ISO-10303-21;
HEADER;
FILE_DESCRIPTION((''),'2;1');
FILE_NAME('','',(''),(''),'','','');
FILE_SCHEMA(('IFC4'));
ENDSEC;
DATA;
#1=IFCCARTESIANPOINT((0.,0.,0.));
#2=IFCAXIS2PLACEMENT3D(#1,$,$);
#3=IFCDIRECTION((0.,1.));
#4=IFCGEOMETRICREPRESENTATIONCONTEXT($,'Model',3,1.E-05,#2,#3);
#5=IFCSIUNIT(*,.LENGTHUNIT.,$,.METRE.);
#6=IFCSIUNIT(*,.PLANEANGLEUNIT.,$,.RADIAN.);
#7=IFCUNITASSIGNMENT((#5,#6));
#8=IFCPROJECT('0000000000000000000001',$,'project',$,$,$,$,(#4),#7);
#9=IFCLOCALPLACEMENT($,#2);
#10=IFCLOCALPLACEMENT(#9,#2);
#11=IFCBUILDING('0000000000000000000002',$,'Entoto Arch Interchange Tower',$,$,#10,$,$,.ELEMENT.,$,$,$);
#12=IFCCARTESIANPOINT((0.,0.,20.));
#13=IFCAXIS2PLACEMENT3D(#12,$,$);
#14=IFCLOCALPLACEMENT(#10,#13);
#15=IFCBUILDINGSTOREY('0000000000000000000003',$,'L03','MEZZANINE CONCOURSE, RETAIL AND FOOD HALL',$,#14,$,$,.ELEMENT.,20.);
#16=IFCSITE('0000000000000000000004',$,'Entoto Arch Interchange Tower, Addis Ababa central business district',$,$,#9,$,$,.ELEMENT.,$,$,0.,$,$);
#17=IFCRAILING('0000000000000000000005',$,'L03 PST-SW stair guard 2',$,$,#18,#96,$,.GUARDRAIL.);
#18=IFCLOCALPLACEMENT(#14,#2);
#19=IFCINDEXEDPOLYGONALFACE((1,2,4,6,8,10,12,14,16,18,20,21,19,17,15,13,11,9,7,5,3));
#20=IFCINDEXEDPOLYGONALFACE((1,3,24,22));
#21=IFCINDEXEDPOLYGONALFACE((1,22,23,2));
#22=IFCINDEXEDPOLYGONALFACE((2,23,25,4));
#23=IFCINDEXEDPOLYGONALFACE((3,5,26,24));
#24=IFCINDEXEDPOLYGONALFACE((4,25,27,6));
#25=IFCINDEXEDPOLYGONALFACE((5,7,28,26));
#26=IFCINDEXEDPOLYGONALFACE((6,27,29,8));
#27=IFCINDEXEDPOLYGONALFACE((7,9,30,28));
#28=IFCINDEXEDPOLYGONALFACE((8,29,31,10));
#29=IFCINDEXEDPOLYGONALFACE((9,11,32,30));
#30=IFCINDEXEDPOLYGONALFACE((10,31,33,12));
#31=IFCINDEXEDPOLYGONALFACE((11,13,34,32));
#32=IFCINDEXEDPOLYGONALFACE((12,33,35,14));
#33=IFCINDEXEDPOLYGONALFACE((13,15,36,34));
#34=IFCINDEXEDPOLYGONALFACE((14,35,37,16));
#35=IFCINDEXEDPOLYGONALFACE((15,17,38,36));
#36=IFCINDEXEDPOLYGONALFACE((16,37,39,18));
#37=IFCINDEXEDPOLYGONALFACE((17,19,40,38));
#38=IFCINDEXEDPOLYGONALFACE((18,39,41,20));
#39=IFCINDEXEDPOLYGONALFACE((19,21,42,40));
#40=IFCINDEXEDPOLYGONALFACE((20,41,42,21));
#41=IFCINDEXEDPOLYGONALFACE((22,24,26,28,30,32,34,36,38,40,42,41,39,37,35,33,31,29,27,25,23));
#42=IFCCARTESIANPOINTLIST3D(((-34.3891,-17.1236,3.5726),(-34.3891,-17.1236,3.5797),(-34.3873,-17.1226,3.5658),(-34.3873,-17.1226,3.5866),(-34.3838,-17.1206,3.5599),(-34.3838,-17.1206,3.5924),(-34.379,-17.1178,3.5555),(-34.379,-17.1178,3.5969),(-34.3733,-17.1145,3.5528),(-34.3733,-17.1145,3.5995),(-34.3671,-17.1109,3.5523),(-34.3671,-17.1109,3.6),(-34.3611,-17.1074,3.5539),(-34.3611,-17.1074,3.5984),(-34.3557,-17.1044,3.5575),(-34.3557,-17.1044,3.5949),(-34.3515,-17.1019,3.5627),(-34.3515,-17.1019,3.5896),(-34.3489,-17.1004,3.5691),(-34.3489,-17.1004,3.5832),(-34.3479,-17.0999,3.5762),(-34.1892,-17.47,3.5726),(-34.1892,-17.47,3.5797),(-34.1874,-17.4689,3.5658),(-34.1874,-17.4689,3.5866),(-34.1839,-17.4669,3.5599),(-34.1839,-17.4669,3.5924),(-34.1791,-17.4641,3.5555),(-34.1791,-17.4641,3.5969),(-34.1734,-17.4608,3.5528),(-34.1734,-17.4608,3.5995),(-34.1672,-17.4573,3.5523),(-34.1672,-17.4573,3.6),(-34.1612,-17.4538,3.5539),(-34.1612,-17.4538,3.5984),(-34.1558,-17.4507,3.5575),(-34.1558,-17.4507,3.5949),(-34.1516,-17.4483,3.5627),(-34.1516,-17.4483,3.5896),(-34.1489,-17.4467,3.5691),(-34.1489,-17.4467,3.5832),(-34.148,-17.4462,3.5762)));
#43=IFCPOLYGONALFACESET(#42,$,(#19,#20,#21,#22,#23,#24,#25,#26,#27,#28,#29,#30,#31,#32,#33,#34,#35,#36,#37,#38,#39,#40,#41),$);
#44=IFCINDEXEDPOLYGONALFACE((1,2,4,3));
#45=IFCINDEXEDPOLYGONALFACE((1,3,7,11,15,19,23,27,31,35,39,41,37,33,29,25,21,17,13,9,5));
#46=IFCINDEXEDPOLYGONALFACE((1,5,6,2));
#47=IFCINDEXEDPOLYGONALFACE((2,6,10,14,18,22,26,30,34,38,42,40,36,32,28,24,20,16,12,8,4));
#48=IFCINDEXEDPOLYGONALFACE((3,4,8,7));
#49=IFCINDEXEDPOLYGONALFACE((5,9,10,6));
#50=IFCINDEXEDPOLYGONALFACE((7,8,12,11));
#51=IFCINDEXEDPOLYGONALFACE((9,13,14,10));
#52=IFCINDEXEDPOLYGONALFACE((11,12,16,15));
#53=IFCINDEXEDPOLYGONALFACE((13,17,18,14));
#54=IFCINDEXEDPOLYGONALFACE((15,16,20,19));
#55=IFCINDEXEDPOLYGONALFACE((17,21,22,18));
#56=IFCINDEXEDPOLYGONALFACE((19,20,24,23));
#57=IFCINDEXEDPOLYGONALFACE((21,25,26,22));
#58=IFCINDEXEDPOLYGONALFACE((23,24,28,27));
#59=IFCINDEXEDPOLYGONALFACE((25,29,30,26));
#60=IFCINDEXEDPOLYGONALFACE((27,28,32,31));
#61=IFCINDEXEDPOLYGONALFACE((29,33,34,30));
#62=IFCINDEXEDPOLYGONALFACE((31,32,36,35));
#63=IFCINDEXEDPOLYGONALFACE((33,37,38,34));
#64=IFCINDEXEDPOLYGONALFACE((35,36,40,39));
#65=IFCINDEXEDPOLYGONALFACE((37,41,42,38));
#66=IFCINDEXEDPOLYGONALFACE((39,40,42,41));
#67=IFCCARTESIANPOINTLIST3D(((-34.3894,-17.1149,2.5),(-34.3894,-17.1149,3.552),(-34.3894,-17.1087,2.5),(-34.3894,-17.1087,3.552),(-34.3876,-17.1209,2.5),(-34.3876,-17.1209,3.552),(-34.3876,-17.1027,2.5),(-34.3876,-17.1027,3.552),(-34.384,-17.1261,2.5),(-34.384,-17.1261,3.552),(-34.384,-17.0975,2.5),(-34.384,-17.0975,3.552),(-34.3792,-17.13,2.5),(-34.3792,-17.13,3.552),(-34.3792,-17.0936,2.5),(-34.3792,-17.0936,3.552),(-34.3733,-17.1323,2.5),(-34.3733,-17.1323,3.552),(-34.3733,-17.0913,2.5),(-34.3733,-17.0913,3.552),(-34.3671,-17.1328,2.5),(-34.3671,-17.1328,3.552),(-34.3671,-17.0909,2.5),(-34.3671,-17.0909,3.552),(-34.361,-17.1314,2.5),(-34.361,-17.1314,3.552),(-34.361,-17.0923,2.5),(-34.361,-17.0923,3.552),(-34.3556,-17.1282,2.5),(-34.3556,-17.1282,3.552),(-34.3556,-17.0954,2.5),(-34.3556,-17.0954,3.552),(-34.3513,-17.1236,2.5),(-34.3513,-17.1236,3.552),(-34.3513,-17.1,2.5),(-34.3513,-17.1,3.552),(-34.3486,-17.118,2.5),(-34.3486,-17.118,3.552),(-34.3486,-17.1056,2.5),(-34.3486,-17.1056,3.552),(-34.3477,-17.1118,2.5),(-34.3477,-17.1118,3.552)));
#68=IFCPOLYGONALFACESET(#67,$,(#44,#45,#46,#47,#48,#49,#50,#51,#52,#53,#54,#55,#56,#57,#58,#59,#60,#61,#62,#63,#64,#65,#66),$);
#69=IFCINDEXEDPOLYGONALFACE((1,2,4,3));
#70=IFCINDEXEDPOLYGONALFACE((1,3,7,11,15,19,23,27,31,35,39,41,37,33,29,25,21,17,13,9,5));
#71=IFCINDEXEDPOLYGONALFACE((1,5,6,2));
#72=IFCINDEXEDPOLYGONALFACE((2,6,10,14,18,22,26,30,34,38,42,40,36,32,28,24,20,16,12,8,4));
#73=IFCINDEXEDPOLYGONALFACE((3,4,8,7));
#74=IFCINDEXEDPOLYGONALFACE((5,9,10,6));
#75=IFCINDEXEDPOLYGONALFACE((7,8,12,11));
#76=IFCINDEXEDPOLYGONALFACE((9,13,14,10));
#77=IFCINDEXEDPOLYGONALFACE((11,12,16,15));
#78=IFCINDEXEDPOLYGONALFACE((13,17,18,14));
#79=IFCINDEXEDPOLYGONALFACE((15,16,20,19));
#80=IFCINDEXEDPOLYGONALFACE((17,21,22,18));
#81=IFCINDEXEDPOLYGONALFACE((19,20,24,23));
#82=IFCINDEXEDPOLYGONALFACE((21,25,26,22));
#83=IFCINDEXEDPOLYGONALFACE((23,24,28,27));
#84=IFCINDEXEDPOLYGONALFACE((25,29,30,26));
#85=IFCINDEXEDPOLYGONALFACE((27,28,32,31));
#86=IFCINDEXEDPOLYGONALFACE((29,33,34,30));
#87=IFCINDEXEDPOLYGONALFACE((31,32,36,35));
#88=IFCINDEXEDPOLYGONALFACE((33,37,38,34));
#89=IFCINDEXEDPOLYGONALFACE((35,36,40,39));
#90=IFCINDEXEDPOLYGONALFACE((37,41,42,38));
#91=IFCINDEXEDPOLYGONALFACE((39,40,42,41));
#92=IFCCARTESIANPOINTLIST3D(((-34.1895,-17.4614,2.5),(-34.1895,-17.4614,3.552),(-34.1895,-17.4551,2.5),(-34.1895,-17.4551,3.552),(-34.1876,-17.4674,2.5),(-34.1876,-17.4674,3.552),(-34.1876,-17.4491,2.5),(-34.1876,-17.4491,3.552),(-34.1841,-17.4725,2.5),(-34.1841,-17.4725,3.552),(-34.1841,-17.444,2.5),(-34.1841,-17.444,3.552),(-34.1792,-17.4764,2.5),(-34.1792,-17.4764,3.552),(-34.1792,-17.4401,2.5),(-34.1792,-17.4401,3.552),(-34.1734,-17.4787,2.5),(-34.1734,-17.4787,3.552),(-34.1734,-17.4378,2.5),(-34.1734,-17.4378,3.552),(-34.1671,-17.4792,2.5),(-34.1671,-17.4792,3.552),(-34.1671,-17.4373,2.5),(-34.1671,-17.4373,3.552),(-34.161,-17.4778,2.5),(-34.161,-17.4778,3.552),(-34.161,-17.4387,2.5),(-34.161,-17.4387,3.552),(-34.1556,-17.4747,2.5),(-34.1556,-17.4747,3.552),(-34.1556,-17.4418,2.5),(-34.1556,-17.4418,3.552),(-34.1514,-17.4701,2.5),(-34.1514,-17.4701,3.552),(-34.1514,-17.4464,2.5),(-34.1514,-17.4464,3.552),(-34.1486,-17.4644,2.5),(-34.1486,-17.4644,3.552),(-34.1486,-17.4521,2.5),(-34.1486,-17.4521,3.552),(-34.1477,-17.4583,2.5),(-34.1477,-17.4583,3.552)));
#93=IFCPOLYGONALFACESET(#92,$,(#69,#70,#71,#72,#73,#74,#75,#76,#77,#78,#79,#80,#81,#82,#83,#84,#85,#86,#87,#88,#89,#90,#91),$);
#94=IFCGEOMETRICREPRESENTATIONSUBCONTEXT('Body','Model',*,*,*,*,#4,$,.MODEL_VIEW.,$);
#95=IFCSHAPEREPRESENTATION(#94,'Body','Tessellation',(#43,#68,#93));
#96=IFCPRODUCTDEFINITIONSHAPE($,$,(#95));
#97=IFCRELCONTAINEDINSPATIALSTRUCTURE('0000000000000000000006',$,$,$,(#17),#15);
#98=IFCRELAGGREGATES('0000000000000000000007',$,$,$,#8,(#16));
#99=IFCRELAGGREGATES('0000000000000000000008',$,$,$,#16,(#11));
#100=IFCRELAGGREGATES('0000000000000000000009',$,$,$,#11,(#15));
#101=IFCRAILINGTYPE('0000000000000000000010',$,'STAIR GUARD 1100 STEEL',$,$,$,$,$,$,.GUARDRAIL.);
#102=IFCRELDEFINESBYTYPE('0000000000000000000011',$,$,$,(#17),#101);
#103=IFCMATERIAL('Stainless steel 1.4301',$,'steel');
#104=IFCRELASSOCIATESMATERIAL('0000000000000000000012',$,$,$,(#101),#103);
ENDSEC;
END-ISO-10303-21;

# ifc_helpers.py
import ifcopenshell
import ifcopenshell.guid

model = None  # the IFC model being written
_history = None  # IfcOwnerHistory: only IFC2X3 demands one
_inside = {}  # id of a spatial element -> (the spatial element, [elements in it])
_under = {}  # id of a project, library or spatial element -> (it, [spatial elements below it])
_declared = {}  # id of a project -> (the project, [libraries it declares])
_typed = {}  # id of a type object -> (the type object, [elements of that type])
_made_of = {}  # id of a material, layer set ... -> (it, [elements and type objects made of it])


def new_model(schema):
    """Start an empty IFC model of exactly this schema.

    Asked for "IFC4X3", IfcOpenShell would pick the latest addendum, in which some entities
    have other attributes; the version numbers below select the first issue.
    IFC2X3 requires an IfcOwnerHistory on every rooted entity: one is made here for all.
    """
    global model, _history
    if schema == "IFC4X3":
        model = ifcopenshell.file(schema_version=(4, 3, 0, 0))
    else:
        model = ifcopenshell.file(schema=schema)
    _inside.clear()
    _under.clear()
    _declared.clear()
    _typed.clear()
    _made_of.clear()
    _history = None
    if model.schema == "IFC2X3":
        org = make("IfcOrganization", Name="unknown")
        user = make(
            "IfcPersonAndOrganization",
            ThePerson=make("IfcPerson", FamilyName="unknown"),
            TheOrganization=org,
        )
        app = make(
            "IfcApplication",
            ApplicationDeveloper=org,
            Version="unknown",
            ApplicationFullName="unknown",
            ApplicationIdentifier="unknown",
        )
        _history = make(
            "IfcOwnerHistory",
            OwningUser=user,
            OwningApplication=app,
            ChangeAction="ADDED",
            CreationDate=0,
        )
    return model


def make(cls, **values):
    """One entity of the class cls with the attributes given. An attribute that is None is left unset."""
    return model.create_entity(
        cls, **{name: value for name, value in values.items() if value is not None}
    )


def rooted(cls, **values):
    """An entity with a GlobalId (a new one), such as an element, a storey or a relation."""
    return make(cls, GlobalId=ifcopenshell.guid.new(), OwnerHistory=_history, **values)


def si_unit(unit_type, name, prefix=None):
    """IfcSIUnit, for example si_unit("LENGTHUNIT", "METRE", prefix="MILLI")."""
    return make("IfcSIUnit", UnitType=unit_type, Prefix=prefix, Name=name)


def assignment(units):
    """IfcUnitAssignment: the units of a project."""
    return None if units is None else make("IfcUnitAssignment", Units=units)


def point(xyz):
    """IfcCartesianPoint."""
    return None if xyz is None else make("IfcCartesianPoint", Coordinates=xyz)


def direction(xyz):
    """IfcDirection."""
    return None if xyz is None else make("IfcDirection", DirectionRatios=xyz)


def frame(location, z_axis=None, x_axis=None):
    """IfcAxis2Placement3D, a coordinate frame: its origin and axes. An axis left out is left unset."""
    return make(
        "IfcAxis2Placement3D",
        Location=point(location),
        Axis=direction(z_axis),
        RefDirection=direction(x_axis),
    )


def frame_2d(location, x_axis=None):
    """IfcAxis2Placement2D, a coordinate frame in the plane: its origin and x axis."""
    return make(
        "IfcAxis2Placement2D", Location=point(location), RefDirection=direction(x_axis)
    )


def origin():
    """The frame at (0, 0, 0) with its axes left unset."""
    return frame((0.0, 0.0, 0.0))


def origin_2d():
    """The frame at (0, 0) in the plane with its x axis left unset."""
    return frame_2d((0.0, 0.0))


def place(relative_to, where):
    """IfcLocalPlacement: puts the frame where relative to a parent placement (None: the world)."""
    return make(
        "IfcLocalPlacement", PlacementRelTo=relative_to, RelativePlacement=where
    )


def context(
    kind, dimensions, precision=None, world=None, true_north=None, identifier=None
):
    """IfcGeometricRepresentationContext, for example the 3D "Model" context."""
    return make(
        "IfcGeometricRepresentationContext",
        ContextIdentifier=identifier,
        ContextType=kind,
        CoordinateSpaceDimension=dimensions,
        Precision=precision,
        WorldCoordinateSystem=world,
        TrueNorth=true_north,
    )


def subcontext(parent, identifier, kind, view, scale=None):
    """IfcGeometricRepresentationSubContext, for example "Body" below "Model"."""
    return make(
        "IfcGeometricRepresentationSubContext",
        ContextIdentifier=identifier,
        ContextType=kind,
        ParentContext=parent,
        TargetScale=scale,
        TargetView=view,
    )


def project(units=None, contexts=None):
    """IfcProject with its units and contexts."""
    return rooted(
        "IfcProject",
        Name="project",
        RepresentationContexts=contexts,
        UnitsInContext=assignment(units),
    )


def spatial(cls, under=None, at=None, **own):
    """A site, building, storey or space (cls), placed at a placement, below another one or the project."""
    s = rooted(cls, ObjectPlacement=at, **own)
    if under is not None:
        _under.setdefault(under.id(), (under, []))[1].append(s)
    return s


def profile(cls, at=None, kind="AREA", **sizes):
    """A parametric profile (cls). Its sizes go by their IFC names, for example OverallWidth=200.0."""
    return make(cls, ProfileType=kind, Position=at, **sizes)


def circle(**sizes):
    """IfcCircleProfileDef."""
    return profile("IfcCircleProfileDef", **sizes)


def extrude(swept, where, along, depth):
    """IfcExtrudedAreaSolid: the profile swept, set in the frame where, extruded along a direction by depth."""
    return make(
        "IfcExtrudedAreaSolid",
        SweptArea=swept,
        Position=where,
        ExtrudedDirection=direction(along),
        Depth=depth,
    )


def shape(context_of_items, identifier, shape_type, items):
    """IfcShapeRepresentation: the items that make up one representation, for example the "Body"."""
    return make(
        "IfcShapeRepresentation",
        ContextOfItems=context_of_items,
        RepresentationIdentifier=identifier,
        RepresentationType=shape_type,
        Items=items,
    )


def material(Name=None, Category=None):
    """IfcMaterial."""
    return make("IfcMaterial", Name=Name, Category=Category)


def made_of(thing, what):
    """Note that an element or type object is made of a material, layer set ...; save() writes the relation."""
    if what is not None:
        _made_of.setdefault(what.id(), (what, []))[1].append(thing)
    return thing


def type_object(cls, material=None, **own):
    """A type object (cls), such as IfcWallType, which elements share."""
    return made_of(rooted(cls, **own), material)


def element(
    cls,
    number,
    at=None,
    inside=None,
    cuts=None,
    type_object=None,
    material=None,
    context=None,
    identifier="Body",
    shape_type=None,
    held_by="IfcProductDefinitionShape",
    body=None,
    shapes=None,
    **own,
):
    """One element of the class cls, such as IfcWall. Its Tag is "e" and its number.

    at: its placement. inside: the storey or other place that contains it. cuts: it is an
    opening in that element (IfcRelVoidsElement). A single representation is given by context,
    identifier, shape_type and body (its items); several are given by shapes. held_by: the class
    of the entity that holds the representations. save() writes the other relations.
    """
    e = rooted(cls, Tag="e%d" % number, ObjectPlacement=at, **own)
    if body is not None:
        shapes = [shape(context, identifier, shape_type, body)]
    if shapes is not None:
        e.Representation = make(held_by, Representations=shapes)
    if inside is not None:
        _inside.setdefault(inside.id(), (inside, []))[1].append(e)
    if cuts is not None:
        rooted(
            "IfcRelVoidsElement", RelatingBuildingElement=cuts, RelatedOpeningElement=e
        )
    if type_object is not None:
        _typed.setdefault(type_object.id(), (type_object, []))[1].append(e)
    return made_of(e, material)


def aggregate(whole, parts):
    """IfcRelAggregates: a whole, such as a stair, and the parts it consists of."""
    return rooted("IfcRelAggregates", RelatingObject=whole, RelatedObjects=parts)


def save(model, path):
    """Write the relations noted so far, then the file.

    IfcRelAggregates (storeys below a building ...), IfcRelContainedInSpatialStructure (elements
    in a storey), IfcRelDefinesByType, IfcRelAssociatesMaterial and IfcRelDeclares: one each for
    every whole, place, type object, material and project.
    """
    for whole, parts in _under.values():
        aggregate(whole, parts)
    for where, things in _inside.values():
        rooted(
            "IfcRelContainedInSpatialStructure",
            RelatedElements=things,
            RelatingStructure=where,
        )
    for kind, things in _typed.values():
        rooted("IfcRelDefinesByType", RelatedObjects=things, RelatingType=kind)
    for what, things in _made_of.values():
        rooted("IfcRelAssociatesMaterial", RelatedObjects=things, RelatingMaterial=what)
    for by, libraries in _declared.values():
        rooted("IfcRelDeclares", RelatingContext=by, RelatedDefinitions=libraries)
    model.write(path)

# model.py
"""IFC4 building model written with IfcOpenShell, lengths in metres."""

from ifc_helpers import new_model, si_unit, direction, frame, origin, origin_2d, place, context, subcontext, project, spatial, circle, extrude, material, type_object, element, save


model = new_model("IFC4")

# Units and contexts
model_context = context("Model", 3, precision=1e-05, world=origin(), true_north=direction((0.0, 1.0)))
body_context = subcontext(model_context, "Body", "Model", "MODEL_VIEW")
ifc_project = project(units=[si_unit("LENGTHUNIT", "METRE"), si_unit("PLANEANGLEUNIT", "RADIAN")], contexts=[model_context])

# Site, building, storey
site_placement = place(None, origin())
site = spatial("IfcSite", under=ifc_project, at=site_placement, Name="Entoto Arch Interchange Tower, Addis Ababa central business district", CompositionType="ELEMENT", RefElevation=0.0)
building_placement = place(site_placement, origin())
building = spatial("IfcBuilding", under=site, at=building_placement, Name="Entoto Arch Interchange Tower", CompositionType="ELEMENT")
storey_placement = place(building_placement, frame((0.0, 0.0, 20.0)))
storey = spatial("IfcBuildingStorey", under=building, at=storey_placement, Name="L03", Description="MEZZANINE CONCOURSE, RETAIL AND FOOD HALL", CompositionType="ELEMENT", Elevation=20.0)

# Railing
ifc_material_1 = material(Name="Stainless steel 1.4301", Category="steel")
railing_type = type_object("IfcRailingType", Name="STAIR GUARD 1100 STEEL", PredefinedType="GUARDRAIL", material=ifc_material_1)
railing_1_placement = place(storey_placement, frame((-34.3687, -17.1118, 2.5)))
element("IfcRailing", 1, at=railing_1_placement, inside=storey, type_object=railing_type, Name="L03 PST-SW stair guard 2", PredefinedType="GUARDRAIL", context=body_context, shape_type="SweptSolid", body=[
    extrude(circle(Radius=0.0239, at=origin_2d()), frame((0.0, 0.0, 1.0762), z_axis=(0.499881, -0.866094, 0.0), x_axis=(0.866094, 0.499881, 0.0)), (0.0, 0.0, 1.0), 0.3999),
    extrude(circle(Radius=0.021, at=origin_2d()), origin(), (0.0, 0.0, 1.0), 1.052),
    extrude(circle(Radius=0.021, at=origin_2d()), frame((0.2, -0.3464, 0.0)), (0.0, 0.0, 1.0), 1.052),
])

save(model, "model.ifc")
